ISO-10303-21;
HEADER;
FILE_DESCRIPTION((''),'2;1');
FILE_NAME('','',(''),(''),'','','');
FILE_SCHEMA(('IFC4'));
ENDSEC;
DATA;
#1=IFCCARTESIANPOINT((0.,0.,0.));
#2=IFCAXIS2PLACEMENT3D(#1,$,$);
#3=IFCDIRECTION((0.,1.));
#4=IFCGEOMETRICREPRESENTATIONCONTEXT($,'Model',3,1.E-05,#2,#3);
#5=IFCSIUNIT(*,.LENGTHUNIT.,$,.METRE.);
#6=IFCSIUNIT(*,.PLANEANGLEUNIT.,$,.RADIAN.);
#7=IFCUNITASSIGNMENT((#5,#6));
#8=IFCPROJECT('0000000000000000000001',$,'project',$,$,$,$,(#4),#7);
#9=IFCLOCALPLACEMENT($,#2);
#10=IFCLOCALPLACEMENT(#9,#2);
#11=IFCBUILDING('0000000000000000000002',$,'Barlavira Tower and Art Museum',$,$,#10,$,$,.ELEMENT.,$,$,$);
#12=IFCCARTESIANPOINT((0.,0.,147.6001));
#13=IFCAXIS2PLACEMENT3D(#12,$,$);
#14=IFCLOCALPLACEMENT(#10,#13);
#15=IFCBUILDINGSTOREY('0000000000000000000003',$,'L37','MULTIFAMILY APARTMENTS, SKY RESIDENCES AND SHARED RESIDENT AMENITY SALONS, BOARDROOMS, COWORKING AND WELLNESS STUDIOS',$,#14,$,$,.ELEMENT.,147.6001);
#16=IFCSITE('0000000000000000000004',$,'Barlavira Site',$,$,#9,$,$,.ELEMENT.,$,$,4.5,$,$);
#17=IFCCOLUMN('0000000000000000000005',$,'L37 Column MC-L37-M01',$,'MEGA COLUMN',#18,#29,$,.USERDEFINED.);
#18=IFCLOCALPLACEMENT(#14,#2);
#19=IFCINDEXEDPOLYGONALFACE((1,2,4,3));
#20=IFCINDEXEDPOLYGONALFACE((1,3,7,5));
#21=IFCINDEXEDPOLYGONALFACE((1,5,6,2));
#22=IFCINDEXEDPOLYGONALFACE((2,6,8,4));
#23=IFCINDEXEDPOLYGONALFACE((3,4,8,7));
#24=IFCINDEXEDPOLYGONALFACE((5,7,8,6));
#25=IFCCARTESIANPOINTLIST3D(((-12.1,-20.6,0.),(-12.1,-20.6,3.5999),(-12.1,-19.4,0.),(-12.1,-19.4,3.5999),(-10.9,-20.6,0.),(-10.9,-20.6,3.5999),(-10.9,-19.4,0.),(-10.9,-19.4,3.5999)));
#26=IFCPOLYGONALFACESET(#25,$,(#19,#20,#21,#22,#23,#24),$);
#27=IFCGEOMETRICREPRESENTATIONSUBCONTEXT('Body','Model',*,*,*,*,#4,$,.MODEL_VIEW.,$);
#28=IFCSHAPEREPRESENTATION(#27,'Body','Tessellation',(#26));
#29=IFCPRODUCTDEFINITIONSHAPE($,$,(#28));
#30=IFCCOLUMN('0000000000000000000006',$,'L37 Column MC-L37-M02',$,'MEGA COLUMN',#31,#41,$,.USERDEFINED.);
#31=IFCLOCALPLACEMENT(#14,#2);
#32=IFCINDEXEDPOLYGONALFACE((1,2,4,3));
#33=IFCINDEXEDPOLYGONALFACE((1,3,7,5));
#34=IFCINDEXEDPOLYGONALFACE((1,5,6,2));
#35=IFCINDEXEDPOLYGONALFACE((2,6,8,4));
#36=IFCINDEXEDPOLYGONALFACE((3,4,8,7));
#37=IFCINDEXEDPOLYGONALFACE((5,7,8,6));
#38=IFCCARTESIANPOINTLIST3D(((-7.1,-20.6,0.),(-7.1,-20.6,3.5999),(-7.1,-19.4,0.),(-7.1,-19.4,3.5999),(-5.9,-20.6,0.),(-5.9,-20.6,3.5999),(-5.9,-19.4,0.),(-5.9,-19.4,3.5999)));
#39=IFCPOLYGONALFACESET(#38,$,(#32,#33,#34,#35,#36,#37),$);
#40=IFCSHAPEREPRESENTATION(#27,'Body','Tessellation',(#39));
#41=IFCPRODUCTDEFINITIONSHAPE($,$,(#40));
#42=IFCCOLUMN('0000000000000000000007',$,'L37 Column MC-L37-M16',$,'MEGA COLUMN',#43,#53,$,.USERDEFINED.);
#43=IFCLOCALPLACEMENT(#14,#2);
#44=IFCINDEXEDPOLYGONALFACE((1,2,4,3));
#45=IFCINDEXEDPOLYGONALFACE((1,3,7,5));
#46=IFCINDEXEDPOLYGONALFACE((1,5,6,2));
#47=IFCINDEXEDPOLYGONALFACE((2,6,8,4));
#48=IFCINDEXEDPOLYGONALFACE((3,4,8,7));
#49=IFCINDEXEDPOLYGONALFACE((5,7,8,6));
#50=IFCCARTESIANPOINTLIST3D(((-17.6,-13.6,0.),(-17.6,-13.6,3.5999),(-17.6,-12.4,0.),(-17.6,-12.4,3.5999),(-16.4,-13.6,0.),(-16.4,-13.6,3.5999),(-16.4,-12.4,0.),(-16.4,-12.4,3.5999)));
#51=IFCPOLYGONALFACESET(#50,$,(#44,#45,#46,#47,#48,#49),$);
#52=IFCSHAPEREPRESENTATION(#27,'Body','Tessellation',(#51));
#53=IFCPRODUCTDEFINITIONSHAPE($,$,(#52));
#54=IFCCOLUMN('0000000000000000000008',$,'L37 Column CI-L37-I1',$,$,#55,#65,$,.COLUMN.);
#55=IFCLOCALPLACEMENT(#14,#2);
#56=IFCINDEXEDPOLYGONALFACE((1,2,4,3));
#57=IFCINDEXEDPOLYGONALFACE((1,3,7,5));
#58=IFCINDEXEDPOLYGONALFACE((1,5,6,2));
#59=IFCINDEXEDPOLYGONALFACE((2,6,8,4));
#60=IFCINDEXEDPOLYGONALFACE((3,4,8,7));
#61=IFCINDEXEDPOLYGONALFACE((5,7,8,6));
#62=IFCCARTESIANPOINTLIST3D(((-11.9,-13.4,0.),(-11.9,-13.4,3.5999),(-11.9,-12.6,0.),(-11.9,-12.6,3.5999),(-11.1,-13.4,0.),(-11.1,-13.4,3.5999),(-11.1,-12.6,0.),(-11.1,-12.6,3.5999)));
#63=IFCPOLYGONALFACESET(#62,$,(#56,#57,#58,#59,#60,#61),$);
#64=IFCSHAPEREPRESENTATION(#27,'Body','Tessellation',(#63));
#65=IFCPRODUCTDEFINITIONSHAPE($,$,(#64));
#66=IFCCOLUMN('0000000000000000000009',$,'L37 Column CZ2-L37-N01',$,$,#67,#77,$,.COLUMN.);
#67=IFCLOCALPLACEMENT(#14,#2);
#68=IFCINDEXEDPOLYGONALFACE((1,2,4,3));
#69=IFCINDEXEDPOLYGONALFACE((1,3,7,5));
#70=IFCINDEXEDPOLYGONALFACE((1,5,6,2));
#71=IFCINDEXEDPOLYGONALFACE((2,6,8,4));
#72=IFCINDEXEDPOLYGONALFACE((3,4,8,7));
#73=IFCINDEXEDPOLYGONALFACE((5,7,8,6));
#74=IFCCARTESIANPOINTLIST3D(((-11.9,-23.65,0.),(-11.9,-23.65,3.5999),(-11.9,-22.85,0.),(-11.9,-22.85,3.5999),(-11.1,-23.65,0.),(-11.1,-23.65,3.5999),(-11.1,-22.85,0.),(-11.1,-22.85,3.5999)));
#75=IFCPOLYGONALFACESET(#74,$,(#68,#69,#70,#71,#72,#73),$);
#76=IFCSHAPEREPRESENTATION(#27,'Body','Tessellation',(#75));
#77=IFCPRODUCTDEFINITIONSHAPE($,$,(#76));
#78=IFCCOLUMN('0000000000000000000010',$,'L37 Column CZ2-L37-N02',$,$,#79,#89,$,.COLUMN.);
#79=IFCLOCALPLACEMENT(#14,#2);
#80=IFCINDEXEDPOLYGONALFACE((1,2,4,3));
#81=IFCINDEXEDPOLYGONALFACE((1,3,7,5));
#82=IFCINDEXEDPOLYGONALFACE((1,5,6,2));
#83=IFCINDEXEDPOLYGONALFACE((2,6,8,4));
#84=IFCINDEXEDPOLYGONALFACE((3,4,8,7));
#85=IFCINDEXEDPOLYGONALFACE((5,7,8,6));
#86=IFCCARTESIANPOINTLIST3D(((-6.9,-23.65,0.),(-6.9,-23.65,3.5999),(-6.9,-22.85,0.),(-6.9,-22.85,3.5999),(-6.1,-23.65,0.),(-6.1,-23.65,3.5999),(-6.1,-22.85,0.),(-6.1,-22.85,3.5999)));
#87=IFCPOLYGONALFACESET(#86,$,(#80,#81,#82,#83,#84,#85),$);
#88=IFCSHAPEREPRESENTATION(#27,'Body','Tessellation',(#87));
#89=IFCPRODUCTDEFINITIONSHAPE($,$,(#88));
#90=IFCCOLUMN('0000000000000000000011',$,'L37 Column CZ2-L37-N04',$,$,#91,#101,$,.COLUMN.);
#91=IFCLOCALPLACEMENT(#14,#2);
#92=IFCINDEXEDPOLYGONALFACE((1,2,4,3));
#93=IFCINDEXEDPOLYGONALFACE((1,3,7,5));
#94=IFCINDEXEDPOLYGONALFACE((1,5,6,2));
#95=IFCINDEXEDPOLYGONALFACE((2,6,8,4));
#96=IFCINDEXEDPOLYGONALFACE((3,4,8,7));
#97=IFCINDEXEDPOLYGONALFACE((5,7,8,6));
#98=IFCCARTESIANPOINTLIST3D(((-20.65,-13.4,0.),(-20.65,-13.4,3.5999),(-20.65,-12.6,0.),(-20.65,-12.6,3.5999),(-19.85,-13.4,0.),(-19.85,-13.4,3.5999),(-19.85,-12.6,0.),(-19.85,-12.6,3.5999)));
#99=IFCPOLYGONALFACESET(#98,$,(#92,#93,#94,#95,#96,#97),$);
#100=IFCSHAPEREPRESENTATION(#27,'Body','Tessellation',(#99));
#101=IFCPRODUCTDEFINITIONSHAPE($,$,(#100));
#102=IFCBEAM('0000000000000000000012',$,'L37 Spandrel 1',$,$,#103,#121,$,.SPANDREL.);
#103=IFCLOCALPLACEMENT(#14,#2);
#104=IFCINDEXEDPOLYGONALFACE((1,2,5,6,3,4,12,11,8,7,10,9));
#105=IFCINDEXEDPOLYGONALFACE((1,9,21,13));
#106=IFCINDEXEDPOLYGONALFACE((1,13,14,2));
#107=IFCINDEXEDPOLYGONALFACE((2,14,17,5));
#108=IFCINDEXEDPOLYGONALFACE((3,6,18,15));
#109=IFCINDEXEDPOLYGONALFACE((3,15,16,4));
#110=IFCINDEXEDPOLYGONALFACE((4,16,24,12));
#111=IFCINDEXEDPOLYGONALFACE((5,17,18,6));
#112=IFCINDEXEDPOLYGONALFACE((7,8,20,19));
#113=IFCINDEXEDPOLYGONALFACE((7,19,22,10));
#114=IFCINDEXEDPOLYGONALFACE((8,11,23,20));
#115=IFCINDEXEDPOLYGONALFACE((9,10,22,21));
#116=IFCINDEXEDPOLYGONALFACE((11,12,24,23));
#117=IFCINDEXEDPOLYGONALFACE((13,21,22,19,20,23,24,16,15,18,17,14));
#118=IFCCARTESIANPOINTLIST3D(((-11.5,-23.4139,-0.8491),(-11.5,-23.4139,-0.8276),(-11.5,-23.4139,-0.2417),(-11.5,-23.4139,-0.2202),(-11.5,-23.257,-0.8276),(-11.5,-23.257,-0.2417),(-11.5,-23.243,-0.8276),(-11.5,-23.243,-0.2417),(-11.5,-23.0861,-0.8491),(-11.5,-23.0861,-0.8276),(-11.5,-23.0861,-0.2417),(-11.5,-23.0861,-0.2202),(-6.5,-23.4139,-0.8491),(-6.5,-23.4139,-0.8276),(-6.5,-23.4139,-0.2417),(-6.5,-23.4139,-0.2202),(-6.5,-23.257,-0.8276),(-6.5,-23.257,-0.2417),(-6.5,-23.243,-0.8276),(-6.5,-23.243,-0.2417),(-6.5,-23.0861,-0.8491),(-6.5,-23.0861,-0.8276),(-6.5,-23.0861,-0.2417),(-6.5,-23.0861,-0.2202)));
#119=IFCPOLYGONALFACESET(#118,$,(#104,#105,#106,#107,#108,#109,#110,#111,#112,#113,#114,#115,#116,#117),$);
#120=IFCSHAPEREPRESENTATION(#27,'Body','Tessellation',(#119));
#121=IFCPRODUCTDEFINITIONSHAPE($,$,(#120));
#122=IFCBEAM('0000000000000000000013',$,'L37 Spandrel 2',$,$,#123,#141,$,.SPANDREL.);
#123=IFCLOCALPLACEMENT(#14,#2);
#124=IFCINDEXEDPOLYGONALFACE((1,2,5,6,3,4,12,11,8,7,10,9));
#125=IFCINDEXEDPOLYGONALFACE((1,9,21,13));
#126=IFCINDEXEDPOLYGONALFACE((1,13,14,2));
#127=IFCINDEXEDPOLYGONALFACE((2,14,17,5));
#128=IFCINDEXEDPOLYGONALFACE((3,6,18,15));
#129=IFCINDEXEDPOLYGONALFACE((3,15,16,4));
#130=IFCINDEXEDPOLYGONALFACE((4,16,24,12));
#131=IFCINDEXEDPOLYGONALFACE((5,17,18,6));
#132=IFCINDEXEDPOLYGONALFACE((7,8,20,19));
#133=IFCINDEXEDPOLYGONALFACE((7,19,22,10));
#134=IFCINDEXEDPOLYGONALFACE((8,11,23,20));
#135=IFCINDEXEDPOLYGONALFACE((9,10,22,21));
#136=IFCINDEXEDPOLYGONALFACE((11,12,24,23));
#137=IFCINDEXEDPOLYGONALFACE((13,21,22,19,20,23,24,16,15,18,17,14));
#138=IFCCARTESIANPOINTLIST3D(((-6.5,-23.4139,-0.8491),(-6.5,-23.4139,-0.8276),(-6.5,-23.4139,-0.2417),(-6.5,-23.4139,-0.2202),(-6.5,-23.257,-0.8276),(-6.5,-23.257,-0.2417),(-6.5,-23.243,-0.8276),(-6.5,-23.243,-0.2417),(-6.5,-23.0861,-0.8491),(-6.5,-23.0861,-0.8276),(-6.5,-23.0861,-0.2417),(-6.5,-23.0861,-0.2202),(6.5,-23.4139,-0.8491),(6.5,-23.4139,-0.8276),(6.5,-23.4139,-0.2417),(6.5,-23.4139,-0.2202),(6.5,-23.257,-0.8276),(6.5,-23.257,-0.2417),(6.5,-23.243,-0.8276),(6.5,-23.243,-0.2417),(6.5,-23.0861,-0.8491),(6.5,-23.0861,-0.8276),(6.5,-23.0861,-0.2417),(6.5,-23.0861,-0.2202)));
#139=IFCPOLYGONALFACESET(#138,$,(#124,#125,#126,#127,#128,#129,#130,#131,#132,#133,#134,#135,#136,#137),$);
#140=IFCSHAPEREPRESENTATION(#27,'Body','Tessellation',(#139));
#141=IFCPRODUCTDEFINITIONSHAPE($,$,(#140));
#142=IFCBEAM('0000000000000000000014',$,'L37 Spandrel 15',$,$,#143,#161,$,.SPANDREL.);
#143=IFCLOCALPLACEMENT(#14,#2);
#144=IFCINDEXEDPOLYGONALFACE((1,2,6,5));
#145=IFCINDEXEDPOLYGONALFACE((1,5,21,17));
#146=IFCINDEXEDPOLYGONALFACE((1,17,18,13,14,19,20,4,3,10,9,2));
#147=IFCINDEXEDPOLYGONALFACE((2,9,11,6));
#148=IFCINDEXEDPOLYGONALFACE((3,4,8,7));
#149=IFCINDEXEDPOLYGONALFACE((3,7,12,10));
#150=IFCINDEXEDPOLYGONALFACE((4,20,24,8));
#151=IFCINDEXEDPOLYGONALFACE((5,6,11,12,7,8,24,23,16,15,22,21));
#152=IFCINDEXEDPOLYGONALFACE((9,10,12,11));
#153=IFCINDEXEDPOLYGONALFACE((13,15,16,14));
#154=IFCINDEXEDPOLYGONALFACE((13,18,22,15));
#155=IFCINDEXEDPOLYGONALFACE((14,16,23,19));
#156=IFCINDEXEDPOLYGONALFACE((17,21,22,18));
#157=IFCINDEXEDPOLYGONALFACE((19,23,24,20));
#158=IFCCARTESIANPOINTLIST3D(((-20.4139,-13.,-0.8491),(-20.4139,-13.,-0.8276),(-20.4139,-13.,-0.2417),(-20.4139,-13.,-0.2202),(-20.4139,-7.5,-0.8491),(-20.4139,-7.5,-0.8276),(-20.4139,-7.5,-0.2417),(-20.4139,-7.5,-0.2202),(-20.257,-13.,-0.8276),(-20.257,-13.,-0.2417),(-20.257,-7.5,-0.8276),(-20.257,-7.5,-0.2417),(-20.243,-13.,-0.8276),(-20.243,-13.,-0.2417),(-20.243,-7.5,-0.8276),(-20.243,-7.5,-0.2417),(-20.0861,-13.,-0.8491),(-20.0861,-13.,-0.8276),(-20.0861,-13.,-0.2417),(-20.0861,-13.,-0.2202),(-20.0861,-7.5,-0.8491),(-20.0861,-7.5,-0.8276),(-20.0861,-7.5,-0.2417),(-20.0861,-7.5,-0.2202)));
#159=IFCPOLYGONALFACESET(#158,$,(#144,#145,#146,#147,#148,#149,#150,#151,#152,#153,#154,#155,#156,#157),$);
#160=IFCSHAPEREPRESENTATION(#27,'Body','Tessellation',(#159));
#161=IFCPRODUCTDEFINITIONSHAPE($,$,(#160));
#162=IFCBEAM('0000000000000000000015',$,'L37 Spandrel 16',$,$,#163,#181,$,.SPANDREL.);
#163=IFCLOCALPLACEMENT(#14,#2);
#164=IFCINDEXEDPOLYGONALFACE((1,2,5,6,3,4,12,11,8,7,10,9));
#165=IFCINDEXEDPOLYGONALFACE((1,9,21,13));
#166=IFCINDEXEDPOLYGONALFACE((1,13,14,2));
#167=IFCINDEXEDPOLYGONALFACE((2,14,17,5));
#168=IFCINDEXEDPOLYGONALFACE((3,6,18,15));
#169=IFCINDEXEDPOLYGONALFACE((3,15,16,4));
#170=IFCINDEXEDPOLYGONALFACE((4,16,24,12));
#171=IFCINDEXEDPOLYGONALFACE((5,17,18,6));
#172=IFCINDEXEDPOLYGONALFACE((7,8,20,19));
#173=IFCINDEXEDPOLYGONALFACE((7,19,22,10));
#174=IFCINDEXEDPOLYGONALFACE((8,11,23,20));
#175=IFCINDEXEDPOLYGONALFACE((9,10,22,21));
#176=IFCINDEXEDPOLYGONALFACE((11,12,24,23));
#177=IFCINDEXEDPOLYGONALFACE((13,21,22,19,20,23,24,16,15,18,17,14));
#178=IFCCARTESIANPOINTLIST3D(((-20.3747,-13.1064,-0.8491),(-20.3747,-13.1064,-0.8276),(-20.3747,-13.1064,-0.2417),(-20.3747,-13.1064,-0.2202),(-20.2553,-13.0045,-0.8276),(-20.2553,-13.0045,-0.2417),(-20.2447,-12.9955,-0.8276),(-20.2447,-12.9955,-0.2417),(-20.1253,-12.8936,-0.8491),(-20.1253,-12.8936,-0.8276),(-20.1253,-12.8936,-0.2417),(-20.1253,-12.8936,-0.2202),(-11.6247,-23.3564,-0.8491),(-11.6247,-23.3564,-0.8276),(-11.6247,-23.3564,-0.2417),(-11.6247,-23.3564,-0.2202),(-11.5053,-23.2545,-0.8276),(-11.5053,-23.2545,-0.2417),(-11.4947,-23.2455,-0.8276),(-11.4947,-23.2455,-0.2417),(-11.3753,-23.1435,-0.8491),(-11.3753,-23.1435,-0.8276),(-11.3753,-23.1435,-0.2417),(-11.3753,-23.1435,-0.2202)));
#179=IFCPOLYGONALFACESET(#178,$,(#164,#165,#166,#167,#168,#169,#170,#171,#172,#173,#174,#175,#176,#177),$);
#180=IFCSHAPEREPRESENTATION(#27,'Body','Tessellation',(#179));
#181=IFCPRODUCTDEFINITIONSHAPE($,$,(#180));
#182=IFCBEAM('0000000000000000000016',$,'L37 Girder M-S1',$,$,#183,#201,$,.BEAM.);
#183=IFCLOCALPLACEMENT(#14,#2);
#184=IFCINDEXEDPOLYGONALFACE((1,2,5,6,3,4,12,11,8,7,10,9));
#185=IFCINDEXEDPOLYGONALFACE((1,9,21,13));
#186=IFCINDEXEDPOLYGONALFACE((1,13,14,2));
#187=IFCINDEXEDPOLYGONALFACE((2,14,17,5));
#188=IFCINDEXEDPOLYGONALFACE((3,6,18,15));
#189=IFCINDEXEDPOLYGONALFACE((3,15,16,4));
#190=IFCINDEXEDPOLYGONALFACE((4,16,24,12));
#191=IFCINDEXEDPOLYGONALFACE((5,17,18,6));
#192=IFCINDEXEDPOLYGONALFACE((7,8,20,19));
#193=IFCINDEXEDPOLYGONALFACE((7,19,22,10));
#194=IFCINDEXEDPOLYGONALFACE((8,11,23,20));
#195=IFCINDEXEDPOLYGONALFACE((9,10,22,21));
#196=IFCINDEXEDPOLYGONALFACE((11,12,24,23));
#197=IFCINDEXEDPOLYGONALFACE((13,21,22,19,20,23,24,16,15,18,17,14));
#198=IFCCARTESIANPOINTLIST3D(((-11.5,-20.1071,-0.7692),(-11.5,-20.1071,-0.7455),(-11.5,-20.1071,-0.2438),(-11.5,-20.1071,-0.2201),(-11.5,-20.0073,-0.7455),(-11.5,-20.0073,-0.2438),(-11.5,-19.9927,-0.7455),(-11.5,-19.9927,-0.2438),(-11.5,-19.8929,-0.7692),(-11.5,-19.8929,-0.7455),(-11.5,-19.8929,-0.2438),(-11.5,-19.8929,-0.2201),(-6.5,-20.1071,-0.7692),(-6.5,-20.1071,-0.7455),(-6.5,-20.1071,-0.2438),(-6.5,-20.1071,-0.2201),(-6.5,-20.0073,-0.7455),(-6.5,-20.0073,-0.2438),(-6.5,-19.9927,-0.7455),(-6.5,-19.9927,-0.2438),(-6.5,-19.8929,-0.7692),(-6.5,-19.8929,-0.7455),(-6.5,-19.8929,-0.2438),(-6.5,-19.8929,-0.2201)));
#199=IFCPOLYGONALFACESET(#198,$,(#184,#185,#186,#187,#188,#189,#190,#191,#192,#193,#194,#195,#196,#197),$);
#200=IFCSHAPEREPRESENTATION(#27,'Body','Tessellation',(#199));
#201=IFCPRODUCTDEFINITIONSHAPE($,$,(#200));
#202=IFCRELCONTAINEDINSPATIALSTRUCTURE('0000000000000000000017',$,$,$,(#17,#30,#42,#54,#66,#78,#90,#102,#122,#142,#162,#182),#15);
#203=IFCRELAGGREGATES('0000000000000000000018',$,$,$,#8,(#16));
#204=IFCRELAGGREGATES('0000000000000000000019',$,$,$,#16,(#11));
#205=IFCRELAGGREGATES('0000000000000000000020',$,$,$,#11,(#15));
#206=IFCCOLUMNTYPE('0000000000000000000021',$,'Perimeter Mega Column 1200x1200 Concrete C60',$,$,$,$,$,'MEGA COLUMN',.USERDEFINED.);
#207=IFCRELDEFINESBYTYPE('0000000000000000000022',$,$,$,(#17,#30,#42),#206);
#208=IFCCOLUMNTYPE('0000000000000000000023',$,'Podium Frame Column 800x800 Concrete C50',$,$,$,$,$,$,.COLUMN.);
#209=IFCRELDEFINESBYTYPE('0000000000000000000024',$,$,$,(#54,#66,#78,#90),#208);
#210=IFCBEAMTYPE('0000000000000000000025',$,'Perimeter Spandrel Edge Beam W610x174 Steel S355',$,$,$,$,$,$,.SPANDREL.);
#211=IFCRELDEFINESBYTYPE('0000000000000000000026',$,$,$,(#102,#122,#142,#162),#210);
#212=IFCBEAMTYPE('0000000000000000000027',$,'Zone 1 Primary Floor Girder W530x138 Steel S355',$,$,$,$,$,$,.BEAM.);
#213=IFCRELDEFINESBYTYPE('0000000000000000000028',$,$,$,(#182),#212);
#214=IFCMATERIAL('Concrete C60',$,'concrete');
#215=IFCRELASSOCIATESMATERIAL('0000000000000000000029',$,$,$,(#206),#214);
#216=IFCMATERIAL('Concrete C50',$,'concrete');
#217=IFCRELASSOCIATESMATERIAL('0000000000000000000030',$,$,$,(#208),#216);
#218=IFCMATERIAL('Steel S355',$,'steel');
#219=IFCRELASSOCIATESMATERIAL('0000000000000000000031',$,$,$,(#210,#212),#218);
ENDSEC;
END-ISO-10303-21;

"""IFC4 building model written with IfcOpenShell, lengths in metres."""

from ifc_helpers import new_model, si_unit, direction, frame, origin, origin_2d, place, context, subcontext, project, spatial, rectangle, i_section, extrude, material, material_profile, profile_set, type_object, element, save


model = new_model("IFC4")

# Units and contexts
model_context = context("Model", 3, precision=1e-05, world=origin(), true_north=direction((0.0, 1.0)))
body_context = subcontext(model_context, "Body", "Model", "MODEL_VIEW")
ifc_project = project(units=[si_unit("LENGTHUNIT", "METRE"), si_unit("PLANEANGLEUNIT", "RADIAN")], contexts=[model_context])

# Site, building, storey
site_placement = place(None, origin())
site = spatial("IfcSite", under=ifc_project, at=site_placement, Name="Barlavira Site", CompositionType="ELEMENT", RefElevation=4.5)
building_placement = place(site_placement, origin())
building = spatial("IfcBuilding", under=site, at=building_placement, Name="Barlavira Tower and Art Museum", CompositionType="ELEMENT")
storey_placement = place(building_placement, frame((0.0, 0.0, 147.6001)))
storey = spatial("IfcBuildingStorey", under=building, at=storey_placement, Name="L37", Description="MULTIFAMILY APARTMENTS, SKY RESIDENCES AND SHARED RESIDENT AMENITY SALONS, BOARDROOMS, COWORKING AND WELLNESS STUDIOS", CompositionType="ELEMENT", Elevation=147.6001)

# Columns
ifc_material_1 = material(Name="Concrete C60", Category="concrete")
ifc_material_profile_1 = material_profile(ifc_material_1, rectangle(XDim=1.2, YDim=1.2, at=origin_2d()), Name="RC-COL 1200x1200")
ifc_profile_set_1 = profile_set([ifc_material_profile_1], Name="Concrete C60")
column_type_1 = type_object("IfcColumnType", Name="Perimeter Mega Column 1200x1200 Concrete C60", ElementType="MEGA COLUMN", PredefinedType="USERDEFINED", material=ifc_profile_set_1)
for number, where, z_axis, x_axis, name in (
    (1, (-11.5, -20.0, 0.0), (0.0, 0.0, 1.0), (1.0, 0.0, 0.0), "L37 Column MC-L37-M01"),
    (2, (-6.5, -20.0, 0.0), (0.0, 0.0, 1.0), (1.0, 0.0, 0.0), "L37 Column MC-L37-M02"),
    (3, (-17.0, -13.0, 0.0), (0.0, 0.0, 1.0), (1.0, 0.0, 0.0), "L37 Column MC-L37-M16"),
):
    element("IfcColumn", number, at=place(storey_placement, frame(where, z_axis=z_axis, x_axis=x_axis)), inside=storey, type_object=column_type_1, Name=name, ObjectType="MEGA COLUMN", PredefinedType="USERDEFINED", context=body_context, shape_type="SweptSolid", body=[
        extrude(rectangle(XDim=1.2, YDim=1.2, at=origin_2d()), origin(), (0.0, 0.0, 1.0), 3.5999),
    ])
ifc_material_2 = material(Name="Concrete C50", Category="concrete")
ifc_material_profile_2 = material_profile(ifc_material_2, rectangle(XDim=0.8, YDim=0.8, at=origin_2d()), Name="RC-COL 800x800")
ifc_profile_set_2 = profile_set([ifc_material_profile_2], Name="Concrete C50")
column_type_2 = type_object("IfcColumnType", Name="Podium Frame Column 800x800 Concrete C50", PredefinedType="COLUMN", material=ifc_profile_set_2)
for number, where, z_axis, x_axis, name in (
    (4, (-11.5, -13.0, 0.0), (0.0, 0.0, 1.0), (1.0, 0.0, 0.0), "L37 Column CI-L37-I1"),
    (5, (-11.5, -23.25, 0.0), (0.0, 0.0, 1.0), (1.0, 0.0, 0.0), "L37 Column CZ2-L37-N01"),
    (6, (-6.5, -23.25, 0.0), (0.0, 0.0, 1.0), (1.0, 0.0, 0.0), "L37 Column CZ2-L37-N02"),
    (7, (-20.25, -13.0, 0.0), (0.0, 0.0, 1.0), (1.0, 0.0, 0.0), "L37 Column CZ2-L37-N04"),
):
    element("IfcColumn", number, at=place(storey_placement, frame(where, z_axis=z_axis, x_axis=x_axis)), inside=storey, type_object=column_type_2, Name=name, PredefinedType="COLUMN", context=body_context, shape_type="SweptSolid", body=[
        extrude(rectangle(XDim=0.8, YDim=0.8, at=origin_2d()), origin(), (0.0, 0.0, 1.0), 3.5999),
    ])

# Beams
ifc_material_3 = material(Name="Steel S355", Category="steel")
ifc_material_profile_3 = material_profile(ifc_material_3, i_section(OverallWidth=0.3279, OverallDepth=0.6289, WebThickness=0.0139, FlangeThickness=0.0215, at=origin_2d()), Name="W610x174.0")
ifc_profile_set_3 = profile_set([ifc_material_profile_3], Name="Steel S355")
beam_type_1 = type_object("IfcBeamType", Name="Perimeter Spandrel Edge Beam W610x174 Steel S355", PredefinedType="SPANDREL", material=ifc_profile_set_3)
beam_1_placement = place(storey_placement, frame((-11.5, -23.25, -0.5347), z_axis=(1.0, 0.0, 0.0), x_axis=(0.0, 1.0, 0.0)))
element("IfcBeam", 8, at=beam_1_placement, inside=storey, type_object=beam_type_1, Name="L37 Spandrel 1", PredefinedType="SPANDREL", context=body_context, shape_type="SweptSolid", body=[
    extrude(i_section(OverallWidth=0.3279, OverallDepth=0.6289, WebThickness=0.0139, FlangeThickness=0.0215, at=origin_2d()), origin(), (0.0, 0.0, 1.0), 5.0),
])
beam_2_placement = place(storey_placement, frame((-6.5, -23.25, -0.5347), z_axis=(1.0, 0.0, 0.0), x_axis=(0.0, 1.0, 0.0)))
element("IfcBeam", 9, at=beam_2_placement, inside=storey, type_object=beam_type_1, Name="L37 Spandrel 2", PredefinedType="SPANDREL", context=body_context, shape_type="SweptSolid", body=[
    extrude(i_section(OverallWidth=0.3279, OverallDepth=0.6289, WebThickness=0.0139, FlangeThickness=0.0215, at=origin_2d()), origin(), (0.0, 0.0, 1.0), 13.0),
])
beam_3_placement = place(storey_placement, frame((-20.25, -13.0, -0.5347), z_axis=(0.0, 1.0, 0.0), x_axis=(-1.0, 0.0, 0.0)))
element("IfcBeam", 10, at=beam_3_placement, inside=storey, type_object=beam_type_1, Name="L37 Spandrel 15", PredefinedType="SPANDREL", context=body_context, shape_type="SweptSolid", body=[
    extrude(i_section(OverallWidth=0.3279, OverallDepth=0.6289, WebThickness=0.0139, FlangeThickness=0.0215, at=origin_2d()), origin(), (0.0, 0.0, 1.0), 5.5),
])
beam_4_placement = place(storey_placement, frame((-20.25, -13.0, -0.5347), z_axis=(0.649262, -0.760565, 0.0), x_axis=(0.760565, 0.649262, 0.0)))
element("IfcBeam", 11, at=beam_4_placement, inside=storey, type_object=beam_type_1, Name="L37 Spandrel 16", PredefinedType="SPANDREL", context=body_context, shape_type="SweptSolid", body=[
    extrude(i_section(OverallWidth=0.3279, OverallDepth=0.6289, WebThickness=0.0139, FlangeThickness=0.0215, at=origin_2d()), origin(), (0.0, 0.0, 1.0), 13.4768),
])
ifc_material_profile_4 = material_profile(ifc_material_3, i_section(OverallWidth=0.2141, OverallDepth=0.5491, WebThickness=0.0146, FlangeThickness=0.0237, at=origin_2d()), Name="W530x138.0")
ifc_profile_set_4 = profile_set([ifc_material_profile_4], Name="Steel S355")
beam_type_2 = type_object("IfcBeamType", Name="Zone 1 Primary Floor Girder W530x138 Steel S355", PredefinedType="BEAM", material=ifc_profile_set_4)
beam_5_placement = place(storey_placement, frame((-11.5, -20.0, -0.4946), z_axis=(1.0, 0.0, 0.0), x_axis=(0.0, 1.0, 0.0)))
element("IfcBeam", 12, at=beam_5_placement, inside=storey, type_object=beam_type_2, Name="L37 Girder M-S1", PredefinedType="BEAM", context=body_context, shape_type="SweptSolid", body=[
    extrude(i_section(OverallWidth=0.2141, OverallDepth=0.5491, WebThickness=0.0146, FlangeThickness=0.0237, at=origin_2d()), origin(), (0.0, 0.0, 1.0), 5.0),
])

save(model, "model.ifc")
